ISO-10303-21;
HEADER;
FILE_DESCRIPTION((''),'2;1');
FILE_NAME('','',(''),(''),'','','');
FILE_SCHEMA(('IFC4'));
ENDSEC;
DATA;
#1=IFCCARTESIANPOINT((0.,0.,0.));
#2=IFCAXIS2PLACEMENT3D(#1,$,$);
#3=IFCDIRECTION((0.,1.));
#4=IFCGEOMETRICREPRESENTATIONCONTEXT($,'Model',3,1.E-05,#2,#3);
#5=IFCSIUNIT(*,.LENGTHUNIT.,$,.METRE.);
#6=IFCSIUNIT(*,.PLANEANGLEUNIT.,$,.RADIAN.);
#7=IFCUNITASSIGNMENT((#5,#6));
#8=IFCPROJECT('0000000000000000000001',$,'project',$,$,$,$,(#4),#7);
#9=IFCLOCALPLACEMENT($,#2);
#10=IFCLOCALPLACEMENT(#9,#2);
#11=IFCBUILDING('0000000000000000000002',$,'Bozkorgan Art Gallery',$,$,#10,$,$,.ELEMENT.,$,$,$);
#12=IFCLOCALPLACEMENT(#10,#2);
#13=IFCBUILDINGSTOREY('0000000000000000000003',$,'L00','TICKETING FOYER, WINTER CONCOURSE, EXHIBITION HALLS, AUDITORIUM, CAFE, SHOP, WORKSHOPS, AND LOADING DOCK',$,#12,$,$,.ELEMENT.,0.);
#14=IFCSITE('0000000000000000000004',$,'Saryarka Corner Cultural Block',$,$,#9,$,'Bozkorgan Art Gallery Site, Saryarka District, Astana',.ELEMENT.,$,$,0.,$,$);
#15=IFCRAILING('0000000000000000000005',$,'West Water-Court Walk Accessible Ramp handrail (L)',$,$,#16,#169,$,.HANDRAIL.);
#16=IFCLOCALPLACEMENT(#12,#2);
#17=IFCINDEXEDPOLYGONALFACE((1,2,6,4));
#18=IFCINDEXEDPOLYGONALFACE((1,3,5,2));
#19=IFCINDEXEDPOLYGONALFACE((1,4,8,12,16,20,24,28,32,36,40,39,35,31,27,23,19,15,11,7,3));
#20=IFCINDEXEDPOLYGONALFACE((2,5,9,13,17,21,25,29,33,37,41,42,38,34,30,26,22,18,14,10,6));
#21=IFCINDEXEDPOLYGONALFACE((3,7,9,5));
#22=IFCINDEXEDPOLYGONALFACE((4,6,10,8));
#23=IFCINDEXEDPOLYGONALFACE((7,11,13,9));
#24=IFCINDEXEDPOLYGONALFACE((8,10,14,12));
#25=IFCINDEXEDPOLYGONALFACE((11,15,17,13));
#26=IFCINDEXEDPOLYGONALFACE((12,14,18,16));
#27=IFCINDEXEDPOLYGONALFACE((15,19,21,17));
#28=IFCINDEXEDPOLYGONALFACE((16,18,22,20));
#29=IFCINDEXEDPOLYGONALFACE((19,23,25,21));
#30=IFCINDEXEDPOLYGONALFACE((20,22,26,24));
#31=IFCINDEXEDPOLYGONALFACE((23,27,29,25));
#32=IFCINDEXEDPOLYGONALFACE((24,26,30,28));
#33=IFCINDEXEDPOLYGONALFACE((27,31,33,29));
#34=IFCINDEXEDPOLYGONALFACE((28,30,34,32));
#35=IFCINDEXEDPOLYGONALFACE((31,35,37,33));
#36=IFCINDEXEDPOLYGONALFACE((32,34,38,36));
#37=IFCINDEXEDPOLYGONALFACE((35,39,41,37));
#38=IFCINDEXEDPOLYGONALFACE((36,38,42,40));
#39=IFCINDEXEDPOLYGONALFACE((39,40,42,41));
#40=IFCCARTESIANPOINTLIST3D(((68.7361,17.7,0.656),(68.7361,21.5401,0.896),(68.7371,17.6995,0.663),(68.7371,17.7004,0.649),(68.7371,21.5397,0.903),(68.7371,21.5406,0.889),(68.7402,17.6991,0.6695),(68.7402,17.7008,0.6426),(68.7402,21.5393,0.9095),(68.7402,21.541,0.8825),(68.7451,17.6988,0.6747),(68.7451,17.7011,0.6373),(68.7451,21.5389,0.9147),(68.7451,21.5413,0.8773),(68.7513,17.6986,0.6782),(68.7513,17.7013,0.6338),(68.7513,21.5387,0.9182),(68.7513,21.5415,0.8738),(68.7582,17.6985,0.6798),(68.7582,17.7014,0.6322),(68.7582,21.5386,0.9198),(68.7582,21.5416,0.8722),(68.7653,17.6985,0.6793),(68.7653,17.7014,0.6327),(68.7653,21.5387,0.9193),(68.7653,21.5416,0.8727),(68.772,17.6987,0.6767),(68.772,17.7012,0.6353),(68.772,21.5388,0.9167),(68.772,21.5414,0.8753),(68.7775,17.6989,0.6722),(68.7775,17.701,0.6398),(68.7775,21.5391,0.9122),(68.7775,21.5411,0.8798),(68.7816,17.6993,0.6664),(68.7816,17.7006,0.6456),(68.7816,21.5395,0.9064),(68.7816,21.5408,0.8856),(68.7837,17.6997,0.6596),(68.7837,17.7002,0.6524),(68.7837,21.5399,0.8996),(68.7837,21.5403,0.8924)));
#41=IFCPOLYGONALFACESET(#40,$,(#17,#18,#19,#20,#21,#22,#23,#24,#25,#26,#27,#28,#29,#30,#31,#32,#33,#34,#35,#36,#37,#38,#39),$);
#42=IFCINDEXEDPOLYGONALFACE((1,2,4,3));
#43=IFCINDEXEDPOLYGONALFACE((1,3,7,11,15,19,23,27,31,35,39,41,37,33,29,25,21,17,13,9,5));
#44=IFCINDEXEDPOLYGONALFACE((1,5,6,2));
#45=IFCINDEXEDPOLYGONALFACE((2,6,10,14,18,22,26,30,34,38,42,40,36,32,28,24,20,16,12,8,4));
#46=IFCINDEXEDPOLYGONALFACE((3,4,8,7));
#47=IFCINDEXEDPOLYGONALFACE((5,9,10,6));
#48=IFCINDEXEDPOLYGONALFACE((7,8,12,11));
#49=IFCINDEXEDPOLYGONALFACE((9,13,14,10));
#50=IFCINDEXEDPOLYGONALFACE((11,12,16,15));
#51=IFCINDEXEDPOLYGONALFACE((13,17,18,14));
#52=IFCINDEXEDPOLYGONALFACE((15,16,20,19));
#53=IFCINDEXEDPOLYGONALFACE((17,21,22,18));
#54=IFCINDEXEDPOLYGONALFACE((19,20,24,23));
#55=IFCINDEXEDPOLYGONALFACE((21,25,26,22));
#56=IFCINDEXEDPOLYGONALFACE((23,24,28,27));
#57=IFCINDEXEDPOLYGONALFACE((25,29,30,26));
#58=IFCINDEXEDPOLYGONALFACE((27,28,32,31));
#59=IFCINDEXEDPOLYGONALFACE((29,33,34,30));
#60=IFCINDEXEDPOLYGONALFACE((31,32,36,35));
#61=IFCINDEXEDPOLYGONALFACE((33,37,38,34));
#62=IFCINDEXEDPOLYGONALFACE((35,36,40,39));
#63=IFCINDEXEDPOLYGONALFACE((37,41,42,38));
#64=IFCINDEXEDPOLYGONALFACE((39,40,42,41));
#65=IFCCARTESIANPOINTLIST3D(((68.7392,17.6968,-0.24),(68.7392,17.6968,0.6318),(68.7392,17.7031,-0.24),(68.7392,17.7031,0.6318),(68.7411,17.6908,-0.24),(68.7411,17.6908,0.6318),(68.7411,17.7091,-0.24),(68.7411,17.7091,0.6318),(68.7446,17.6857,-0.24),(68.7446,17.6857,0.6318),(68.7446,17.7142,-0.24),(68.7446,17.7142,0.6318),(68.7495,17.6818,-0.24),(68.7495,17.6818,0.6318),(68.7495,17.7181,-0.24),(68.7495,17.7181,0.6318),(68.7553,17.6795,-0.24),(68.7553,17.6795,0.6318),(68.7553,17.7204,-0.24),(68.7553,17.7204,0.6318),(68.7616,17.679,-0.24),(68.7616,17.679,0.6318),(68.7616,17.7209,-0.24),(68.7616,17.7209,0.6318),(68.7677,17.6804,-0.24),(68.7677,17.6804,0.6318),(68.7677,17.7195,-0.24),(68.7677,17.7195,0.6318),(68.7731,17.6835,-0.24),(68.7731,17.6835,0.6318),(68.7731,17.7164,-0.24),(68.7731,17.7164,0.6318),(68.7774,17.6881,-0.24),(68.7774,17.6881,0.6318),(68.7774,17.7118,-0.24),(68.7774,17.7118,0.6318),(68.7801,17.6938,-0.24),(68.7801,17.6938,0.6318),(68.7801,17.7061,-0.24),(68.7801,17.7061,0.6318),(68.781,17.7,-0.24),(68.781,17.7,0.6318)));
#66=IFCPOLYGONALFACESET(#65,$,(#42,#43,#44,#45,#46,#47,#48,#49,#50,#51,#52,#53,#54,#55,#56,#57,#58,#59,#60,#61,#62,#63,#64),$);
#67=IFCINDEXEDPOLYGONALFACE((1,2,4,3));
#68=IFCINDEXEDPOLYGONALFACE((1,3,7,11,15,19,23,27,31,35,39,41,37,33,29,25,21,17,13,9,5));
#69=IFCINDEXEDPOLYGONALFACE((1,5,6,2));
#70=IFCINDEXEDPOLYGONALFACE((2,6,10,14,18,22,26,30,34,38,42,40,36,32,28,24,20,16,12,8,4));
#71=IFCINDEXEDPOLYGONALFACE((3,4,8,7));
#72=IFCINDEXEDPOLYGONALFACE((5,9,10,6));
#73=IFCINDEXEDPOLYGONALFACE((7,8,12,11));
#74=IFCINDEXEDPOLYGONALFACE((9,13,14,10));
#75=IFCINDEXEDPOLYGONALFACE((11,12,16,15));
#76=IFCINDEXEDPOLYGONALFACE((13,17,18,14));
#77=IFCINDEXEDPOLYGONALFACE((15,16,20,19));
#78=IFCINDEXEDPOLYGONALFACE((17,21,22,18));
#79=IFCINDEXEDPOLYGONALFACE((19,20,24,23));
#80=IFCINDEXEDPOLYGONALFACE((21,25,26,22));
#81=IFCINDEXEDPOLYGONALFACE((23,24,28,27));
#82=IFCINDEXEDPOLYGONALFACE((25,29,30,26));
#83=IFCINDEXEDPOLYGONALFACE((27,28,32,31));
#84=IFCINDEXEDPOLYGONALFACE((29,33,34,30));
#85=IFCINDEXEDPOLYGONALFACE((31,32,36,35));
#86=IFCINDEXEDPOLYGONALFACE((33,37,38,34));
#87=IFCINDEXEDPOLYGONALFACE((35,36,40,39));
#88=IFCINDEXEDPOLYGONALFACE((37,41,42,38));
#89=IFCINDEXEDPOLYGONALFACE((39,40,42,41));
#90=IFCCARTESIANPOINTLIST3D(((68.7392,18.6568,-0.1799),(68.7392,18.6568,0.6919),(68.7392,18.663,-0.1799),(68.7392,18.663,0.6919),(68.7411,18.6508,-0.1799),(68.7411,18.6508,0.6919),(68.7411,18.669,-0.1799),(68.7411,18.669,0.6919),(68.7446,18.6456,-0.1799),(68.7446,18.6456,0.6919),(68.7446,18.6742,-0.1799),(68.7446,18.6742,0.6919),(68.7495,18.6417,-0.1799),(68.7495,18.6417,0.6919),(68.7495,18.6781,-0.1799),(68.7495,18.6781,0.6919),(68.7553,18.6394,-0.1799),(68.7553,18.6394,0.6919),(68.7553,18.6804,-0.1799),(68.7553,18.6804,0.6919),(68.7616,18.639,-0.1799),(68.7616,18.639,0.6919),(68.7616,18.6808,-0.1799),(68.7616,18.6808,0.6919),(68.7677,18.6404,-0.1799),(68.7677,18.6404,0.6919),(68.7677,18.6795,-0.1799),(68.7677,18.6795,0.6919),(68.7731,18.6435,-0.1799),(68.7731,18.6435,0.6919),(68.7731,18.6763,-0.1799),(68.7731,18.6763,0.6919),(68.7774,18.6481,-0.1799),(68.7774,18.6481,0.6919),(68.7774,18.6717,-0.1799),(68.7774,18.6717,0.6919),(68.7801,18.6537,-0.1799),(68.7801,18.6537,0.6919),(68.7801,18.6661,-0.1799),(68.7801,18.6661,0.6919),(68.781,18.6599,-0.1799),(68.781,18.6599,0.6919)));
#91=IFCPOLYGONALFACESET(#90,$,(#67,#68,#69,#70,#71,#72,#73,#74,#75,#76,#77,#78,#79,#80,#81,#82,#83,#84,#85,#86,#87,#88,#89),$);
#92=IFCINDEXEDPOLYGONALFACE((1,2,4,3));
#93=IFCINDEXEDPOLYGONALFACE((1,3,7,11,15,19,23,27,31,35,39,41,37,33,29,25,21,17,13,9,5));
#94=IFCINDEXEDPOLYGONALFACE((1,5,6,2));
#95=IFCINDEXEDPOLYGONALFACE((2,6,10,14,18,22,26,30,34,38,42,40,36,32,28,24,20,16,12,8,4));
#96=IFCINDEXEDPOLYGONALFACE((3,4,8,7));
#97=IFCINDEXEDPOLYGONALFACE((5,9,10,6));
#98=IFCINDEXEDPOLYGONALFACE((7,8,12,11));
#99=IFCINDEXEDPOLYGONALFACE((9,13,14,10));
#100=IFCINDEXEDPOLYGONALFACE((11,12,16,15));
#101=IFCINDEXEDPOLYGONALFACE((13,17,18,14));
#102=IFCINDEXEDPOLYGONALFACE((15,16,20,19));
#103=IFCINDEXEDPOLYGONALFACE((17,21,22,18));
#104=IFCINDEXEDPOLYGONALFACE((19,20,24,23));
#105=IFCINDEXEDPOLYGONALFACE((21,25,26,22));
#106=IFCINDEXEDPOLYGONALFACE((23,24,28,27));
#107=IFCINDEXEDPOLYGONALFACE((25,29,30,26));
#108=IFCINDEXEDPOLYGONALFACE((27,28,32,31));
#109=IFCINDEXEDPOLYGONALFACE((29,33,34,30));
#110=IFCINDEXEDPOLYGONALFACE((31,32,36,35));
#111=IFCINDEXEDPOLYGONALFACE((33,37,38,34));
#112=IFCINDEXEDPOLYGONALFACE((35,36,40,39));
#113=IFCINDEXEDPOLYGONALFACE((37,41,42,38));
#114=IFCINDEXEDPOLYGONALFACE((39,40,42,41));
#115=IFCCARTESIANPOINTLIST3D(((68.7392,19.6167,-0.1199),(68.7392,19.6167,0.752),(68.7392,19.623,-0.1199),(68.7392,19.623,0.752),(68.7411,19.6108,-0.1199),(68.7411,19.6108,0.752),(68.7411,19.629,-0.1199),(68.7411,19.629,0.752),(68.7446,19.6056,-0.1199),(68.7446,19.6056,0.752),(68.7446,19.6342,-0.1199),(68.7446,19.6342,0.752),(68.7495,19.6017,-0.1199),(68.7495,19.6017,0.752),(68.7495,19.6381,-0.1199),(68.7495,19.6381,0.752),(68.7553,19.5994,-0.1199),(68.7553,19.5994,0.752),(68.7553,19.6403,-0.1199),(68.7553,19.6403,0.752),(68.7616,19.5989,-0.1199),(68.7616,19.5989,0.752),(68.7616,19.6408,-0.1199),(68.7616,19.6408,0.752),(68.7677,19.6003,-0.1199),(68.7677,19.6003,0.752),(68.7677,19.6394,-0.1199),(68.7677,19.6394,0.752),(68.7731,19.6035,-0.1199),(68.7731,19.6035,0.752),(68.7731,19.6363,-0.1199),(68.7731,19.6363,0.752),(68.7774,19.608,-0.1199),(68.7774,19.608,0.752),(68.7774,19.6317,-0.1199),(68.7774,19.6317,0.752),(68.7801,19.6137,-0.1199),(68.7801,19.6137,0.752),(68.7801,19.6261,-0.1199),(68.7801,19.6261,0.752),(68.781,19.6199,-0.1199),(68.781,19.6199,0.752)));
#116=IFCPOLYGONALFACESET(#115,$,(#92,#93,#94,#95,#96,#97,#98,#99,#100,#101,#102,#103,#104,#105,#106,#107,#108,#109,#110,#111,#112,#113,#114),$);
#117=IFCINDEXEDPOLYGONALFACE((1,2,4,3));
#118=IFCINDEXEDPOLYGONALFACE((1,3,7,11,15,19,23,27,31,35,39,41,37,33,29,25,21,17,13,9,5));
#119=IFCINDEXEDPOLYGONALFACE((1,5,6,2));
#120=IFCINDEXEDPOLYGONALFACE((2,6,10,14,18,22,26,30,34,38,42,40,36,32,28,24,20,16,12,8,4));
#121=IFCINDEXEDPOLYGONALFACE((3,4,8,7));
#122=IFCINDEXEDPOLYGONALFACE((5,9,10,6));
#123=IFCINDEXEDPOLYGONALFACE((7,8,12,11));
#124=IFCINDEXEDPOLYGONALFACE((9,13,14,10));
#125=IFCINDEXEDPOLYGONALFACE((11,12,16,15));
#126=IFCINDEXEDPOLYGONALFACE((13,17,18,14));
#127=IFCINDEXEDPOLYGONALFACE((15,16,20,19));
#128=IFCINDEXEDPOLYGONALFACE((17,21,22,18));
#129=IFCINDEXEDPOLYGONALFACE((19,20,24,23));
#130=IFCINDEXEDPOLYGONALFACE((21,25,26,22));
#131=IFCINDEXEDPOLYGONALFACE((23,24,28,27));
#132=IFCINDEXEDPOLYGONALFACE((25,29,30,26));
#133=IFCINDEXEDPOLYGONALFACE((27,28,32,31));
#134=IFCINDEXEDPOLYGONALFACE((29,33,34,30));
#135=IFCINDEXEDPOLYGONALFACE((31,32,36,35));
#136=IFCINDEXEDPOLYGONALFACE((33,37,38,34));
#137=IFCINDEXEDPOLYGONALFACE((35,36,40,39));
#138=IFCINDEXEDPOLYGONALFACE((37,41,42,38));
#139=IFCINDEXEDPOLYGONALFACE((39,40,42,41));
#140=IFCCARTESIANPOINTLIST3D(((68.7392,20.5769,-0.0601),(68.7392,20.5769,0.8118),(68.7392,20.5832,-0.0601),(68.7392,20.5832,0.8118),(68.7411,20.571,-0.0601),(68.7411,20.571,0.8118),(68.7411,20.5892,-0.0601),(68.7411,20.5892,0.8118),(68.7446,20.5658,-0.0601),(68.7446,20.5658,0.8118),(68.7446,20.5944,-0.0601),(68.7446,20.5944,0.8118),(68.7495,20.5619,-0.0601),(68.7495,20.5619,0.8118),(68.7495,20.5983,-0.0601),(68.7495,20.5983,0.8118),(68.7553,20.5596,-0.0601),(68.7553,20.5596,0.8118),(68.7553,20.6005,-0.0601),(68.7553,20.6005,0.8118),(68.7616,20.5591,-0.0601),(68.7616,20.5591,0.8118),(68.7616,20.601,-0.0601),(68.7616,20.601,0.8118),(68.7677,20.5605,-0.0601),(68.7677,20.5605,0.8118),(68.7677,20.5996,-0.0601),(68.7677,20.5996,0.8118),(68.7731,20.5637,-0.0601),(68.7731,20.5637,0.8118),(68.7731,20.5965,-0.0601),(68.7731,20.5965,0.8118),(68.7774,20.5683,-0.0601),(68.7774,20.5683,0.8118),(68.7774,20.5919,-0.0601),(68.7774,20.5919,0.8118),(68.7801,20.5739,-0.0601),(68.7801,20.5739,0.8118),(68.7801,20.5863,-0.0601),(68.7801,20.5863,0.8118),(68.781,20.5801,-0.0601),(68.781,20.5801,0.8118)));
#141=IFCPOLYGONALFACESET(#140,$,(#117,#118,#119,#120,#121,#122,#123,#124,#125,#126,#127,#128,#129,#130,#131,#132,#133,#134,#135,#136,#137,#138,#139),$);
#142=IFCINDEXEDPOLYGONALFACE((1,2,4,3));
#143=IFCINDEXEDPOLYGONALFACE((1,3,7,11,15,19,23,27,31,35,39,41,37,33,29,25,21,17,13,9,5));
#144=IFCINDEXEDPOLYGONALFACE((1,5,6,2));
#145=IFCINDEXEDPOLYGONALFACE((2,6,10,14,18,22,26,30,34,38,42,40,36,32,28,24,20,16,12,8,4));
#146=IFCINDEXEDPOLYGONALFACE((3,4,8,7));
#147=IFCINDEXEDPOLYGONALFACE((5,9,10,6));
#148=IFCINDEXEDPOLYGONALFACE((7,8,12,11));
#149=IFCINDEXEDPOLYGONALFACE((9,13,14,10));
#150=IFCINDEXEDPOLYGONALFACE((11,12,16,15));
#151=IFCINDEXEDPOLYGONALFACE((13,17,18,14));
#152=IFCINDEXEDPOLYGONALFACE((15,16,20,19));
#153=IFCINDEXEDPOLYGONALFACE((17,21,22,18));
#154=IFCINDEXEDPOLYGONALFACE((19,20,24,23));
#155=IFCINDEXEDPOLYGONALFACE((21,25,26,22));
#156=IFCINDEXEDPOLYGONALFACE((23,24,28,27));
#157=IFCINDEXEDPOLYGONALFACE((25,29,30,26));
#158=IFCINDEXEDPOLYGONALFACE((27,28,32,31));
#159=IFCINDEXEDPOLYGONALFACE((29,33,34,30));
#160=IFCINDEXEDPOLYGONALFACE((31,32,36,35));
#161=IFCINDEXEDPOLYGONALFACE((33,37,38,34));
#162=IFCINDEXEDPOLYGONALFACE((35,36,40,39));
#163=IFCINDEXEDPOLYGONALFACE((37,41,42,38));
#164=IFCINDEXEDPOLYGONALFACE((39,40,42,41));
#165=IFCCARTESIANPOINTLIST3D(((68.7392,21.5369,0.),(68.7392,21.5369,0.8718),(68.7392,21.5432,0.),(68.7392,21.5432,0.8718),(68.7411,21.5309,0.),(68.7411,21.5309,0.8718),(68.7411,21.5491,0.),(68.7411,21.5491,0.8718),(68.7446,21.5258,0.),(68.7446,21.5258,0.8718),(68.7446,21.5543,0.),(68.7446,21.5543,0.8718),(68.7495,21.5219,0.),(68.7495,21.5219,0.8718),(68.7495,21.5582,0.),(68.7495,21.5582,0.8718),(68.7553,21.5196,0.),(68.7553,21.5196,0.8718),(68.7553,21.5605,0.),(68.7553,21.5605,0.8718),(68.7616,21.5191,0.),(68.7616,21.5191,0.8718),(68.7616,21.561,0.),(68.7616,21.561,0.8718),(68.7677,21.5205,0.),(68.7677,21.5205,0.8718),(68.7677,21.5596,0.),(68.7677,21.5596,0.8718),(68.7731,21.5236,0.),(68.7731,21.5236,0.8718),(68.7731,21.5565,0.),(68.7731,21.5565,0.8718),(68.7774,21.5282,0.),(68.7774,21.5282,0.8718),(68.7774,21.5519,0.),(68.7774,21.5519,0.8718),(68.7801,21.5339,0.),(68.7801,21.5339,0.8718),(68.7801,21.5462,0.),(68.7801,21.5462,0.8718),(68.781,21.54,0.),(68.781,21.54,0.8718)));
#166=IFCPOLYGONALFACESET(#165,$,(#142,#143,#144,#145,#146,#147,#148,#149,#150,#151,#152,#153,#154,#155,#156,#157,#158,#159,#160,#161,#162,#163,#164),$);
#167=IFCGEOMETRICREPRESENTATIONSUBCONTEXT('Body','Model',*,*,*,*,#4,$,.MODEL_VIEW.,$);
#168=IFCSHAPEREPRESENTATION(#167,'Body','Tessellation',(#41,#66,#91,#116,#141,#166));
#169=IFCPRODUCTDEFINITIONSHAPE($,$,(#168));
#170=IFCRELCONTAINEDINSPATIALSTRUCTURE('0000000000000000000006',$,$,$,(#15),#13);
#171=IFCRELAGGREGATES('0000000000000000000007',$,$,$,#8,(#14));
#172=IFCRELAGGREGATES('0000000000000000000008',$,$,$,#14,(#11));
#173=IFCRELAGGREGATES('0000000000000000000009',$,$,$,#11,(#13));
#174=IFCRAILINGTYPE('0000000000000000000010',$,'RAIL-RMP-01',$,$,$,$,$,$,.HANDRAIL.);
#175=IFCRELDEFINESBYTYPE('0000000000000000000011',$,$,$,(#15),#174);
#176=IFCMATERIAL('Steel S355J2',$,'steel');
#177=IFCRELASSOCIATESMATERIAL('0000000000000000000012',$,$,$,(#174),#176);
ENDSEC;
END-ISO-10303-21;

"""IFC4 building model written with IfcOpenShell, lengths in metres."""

from ifc_helpers import new_model, si_unit, direction, frame, origin, origin_2d, place, context, subcontext, project, spatial, circle, extrude, material, type_object, element, save


model = new_model("IFC4")

# Units and contexts
model_context = context("Model", 3, precision=1e-05, world=origin(), true_north=direction((0.0, 1.0)))
body_context = subcontext(model_context, "Body", "Model", "MODEL_VIEW")
ifc_project = project(units=[si_unit("LENGTHUNIT", "METRE"), si_unit("PLANEANGLEUNIT", "RADIAN")], contexts=[model_context])

# Site, building, storey
site_placement = place(None, origin())
site = spatial("IfcSite", under=ifc_project, at=site_placement, Name="Saryarka Corner Cultural Block", LongName="Bozkorgan Art Gallery Site, Saryarka District, Astana", CompositionType="ELEMENT", RefElevation=0.0)
building_placement = place(site_placement, origin())
building = spatial("IfcBuilding", under=site, at=building_placement, Name="Bozkorgan Art Gallery", CompositionType="ELEMENT")
storey_placement = place(building_placement, origin())
storey = spatial("IfcBuildingStorey", under=building, at=storey_placement, Name="L00", Description="TICKETING FOYER, WINTER CONCOURSE, EXHIBITION HALLS, AUDITORIUM, CAFE, SHOP, WORKSHOPS, AND LOADING DOCK", CompositionType="ELEMENT", Elevation=0.0)

# Shared definitions
ifc_material_1 = material(Name="Steel S355J2", Category="steel")

# Railing
railing_type = type_object("IfcRailingType", Name="RAIL-RMP-01", PredefinedType="HANDRAIL", material=ifc_material_1)
for number, where, name in (
    (1, (68.76, 17.7, -0.24), "West Water-Court Walk Accessible Ramp handrail (L)"),
):
    element("IfcRailing", number, at=place(storey_placement, frame(where)), inside=storey, type_object=railing_type, Name=name, PredefinedType="HANDRAIL", context=body_context, shape_type="SweptSolid", body=[
        extrude(circle(Radius=0.0239, at=origin_2d()), frame((0.0, 0.0, 0.896), z_axis=(0.0, 0.998053, 0.062374), x_axis=(-1.0, 0.0, 0.0)), (0.0, 0.0, 1.0), 3.8477),
        extrude(circle(Radius=0.021, at=origin_2d()), origin(), (0.0, 0.0, 1.0), 0.8718),
        extrude(circle(Radius=0.021, at=origin_2d()), frame((0.0, 0.96, 0.0601)), (0.0, 0.0, 1.0), 0.8718),
        extrude(circle(Radius=0.021, at=origin_2d()), frame((0.0, 1.9199, 0.1201)), (0.0, 0.0, 1.0), 0.8718),
        extrude(circle(Radius=0.021, at=origin_2d()), frame((0.0, 2.8801, 0.1799)), (0.0, 0.0, 1.0), 0.8718),
        extrude(circle(Radius=0.021, at=origin_2d()), frame((0.0, 3.8401, 0.24)), (0.0, 0.0, 1.0), 0.8718),
    ])

save(model, "model.ifc")
